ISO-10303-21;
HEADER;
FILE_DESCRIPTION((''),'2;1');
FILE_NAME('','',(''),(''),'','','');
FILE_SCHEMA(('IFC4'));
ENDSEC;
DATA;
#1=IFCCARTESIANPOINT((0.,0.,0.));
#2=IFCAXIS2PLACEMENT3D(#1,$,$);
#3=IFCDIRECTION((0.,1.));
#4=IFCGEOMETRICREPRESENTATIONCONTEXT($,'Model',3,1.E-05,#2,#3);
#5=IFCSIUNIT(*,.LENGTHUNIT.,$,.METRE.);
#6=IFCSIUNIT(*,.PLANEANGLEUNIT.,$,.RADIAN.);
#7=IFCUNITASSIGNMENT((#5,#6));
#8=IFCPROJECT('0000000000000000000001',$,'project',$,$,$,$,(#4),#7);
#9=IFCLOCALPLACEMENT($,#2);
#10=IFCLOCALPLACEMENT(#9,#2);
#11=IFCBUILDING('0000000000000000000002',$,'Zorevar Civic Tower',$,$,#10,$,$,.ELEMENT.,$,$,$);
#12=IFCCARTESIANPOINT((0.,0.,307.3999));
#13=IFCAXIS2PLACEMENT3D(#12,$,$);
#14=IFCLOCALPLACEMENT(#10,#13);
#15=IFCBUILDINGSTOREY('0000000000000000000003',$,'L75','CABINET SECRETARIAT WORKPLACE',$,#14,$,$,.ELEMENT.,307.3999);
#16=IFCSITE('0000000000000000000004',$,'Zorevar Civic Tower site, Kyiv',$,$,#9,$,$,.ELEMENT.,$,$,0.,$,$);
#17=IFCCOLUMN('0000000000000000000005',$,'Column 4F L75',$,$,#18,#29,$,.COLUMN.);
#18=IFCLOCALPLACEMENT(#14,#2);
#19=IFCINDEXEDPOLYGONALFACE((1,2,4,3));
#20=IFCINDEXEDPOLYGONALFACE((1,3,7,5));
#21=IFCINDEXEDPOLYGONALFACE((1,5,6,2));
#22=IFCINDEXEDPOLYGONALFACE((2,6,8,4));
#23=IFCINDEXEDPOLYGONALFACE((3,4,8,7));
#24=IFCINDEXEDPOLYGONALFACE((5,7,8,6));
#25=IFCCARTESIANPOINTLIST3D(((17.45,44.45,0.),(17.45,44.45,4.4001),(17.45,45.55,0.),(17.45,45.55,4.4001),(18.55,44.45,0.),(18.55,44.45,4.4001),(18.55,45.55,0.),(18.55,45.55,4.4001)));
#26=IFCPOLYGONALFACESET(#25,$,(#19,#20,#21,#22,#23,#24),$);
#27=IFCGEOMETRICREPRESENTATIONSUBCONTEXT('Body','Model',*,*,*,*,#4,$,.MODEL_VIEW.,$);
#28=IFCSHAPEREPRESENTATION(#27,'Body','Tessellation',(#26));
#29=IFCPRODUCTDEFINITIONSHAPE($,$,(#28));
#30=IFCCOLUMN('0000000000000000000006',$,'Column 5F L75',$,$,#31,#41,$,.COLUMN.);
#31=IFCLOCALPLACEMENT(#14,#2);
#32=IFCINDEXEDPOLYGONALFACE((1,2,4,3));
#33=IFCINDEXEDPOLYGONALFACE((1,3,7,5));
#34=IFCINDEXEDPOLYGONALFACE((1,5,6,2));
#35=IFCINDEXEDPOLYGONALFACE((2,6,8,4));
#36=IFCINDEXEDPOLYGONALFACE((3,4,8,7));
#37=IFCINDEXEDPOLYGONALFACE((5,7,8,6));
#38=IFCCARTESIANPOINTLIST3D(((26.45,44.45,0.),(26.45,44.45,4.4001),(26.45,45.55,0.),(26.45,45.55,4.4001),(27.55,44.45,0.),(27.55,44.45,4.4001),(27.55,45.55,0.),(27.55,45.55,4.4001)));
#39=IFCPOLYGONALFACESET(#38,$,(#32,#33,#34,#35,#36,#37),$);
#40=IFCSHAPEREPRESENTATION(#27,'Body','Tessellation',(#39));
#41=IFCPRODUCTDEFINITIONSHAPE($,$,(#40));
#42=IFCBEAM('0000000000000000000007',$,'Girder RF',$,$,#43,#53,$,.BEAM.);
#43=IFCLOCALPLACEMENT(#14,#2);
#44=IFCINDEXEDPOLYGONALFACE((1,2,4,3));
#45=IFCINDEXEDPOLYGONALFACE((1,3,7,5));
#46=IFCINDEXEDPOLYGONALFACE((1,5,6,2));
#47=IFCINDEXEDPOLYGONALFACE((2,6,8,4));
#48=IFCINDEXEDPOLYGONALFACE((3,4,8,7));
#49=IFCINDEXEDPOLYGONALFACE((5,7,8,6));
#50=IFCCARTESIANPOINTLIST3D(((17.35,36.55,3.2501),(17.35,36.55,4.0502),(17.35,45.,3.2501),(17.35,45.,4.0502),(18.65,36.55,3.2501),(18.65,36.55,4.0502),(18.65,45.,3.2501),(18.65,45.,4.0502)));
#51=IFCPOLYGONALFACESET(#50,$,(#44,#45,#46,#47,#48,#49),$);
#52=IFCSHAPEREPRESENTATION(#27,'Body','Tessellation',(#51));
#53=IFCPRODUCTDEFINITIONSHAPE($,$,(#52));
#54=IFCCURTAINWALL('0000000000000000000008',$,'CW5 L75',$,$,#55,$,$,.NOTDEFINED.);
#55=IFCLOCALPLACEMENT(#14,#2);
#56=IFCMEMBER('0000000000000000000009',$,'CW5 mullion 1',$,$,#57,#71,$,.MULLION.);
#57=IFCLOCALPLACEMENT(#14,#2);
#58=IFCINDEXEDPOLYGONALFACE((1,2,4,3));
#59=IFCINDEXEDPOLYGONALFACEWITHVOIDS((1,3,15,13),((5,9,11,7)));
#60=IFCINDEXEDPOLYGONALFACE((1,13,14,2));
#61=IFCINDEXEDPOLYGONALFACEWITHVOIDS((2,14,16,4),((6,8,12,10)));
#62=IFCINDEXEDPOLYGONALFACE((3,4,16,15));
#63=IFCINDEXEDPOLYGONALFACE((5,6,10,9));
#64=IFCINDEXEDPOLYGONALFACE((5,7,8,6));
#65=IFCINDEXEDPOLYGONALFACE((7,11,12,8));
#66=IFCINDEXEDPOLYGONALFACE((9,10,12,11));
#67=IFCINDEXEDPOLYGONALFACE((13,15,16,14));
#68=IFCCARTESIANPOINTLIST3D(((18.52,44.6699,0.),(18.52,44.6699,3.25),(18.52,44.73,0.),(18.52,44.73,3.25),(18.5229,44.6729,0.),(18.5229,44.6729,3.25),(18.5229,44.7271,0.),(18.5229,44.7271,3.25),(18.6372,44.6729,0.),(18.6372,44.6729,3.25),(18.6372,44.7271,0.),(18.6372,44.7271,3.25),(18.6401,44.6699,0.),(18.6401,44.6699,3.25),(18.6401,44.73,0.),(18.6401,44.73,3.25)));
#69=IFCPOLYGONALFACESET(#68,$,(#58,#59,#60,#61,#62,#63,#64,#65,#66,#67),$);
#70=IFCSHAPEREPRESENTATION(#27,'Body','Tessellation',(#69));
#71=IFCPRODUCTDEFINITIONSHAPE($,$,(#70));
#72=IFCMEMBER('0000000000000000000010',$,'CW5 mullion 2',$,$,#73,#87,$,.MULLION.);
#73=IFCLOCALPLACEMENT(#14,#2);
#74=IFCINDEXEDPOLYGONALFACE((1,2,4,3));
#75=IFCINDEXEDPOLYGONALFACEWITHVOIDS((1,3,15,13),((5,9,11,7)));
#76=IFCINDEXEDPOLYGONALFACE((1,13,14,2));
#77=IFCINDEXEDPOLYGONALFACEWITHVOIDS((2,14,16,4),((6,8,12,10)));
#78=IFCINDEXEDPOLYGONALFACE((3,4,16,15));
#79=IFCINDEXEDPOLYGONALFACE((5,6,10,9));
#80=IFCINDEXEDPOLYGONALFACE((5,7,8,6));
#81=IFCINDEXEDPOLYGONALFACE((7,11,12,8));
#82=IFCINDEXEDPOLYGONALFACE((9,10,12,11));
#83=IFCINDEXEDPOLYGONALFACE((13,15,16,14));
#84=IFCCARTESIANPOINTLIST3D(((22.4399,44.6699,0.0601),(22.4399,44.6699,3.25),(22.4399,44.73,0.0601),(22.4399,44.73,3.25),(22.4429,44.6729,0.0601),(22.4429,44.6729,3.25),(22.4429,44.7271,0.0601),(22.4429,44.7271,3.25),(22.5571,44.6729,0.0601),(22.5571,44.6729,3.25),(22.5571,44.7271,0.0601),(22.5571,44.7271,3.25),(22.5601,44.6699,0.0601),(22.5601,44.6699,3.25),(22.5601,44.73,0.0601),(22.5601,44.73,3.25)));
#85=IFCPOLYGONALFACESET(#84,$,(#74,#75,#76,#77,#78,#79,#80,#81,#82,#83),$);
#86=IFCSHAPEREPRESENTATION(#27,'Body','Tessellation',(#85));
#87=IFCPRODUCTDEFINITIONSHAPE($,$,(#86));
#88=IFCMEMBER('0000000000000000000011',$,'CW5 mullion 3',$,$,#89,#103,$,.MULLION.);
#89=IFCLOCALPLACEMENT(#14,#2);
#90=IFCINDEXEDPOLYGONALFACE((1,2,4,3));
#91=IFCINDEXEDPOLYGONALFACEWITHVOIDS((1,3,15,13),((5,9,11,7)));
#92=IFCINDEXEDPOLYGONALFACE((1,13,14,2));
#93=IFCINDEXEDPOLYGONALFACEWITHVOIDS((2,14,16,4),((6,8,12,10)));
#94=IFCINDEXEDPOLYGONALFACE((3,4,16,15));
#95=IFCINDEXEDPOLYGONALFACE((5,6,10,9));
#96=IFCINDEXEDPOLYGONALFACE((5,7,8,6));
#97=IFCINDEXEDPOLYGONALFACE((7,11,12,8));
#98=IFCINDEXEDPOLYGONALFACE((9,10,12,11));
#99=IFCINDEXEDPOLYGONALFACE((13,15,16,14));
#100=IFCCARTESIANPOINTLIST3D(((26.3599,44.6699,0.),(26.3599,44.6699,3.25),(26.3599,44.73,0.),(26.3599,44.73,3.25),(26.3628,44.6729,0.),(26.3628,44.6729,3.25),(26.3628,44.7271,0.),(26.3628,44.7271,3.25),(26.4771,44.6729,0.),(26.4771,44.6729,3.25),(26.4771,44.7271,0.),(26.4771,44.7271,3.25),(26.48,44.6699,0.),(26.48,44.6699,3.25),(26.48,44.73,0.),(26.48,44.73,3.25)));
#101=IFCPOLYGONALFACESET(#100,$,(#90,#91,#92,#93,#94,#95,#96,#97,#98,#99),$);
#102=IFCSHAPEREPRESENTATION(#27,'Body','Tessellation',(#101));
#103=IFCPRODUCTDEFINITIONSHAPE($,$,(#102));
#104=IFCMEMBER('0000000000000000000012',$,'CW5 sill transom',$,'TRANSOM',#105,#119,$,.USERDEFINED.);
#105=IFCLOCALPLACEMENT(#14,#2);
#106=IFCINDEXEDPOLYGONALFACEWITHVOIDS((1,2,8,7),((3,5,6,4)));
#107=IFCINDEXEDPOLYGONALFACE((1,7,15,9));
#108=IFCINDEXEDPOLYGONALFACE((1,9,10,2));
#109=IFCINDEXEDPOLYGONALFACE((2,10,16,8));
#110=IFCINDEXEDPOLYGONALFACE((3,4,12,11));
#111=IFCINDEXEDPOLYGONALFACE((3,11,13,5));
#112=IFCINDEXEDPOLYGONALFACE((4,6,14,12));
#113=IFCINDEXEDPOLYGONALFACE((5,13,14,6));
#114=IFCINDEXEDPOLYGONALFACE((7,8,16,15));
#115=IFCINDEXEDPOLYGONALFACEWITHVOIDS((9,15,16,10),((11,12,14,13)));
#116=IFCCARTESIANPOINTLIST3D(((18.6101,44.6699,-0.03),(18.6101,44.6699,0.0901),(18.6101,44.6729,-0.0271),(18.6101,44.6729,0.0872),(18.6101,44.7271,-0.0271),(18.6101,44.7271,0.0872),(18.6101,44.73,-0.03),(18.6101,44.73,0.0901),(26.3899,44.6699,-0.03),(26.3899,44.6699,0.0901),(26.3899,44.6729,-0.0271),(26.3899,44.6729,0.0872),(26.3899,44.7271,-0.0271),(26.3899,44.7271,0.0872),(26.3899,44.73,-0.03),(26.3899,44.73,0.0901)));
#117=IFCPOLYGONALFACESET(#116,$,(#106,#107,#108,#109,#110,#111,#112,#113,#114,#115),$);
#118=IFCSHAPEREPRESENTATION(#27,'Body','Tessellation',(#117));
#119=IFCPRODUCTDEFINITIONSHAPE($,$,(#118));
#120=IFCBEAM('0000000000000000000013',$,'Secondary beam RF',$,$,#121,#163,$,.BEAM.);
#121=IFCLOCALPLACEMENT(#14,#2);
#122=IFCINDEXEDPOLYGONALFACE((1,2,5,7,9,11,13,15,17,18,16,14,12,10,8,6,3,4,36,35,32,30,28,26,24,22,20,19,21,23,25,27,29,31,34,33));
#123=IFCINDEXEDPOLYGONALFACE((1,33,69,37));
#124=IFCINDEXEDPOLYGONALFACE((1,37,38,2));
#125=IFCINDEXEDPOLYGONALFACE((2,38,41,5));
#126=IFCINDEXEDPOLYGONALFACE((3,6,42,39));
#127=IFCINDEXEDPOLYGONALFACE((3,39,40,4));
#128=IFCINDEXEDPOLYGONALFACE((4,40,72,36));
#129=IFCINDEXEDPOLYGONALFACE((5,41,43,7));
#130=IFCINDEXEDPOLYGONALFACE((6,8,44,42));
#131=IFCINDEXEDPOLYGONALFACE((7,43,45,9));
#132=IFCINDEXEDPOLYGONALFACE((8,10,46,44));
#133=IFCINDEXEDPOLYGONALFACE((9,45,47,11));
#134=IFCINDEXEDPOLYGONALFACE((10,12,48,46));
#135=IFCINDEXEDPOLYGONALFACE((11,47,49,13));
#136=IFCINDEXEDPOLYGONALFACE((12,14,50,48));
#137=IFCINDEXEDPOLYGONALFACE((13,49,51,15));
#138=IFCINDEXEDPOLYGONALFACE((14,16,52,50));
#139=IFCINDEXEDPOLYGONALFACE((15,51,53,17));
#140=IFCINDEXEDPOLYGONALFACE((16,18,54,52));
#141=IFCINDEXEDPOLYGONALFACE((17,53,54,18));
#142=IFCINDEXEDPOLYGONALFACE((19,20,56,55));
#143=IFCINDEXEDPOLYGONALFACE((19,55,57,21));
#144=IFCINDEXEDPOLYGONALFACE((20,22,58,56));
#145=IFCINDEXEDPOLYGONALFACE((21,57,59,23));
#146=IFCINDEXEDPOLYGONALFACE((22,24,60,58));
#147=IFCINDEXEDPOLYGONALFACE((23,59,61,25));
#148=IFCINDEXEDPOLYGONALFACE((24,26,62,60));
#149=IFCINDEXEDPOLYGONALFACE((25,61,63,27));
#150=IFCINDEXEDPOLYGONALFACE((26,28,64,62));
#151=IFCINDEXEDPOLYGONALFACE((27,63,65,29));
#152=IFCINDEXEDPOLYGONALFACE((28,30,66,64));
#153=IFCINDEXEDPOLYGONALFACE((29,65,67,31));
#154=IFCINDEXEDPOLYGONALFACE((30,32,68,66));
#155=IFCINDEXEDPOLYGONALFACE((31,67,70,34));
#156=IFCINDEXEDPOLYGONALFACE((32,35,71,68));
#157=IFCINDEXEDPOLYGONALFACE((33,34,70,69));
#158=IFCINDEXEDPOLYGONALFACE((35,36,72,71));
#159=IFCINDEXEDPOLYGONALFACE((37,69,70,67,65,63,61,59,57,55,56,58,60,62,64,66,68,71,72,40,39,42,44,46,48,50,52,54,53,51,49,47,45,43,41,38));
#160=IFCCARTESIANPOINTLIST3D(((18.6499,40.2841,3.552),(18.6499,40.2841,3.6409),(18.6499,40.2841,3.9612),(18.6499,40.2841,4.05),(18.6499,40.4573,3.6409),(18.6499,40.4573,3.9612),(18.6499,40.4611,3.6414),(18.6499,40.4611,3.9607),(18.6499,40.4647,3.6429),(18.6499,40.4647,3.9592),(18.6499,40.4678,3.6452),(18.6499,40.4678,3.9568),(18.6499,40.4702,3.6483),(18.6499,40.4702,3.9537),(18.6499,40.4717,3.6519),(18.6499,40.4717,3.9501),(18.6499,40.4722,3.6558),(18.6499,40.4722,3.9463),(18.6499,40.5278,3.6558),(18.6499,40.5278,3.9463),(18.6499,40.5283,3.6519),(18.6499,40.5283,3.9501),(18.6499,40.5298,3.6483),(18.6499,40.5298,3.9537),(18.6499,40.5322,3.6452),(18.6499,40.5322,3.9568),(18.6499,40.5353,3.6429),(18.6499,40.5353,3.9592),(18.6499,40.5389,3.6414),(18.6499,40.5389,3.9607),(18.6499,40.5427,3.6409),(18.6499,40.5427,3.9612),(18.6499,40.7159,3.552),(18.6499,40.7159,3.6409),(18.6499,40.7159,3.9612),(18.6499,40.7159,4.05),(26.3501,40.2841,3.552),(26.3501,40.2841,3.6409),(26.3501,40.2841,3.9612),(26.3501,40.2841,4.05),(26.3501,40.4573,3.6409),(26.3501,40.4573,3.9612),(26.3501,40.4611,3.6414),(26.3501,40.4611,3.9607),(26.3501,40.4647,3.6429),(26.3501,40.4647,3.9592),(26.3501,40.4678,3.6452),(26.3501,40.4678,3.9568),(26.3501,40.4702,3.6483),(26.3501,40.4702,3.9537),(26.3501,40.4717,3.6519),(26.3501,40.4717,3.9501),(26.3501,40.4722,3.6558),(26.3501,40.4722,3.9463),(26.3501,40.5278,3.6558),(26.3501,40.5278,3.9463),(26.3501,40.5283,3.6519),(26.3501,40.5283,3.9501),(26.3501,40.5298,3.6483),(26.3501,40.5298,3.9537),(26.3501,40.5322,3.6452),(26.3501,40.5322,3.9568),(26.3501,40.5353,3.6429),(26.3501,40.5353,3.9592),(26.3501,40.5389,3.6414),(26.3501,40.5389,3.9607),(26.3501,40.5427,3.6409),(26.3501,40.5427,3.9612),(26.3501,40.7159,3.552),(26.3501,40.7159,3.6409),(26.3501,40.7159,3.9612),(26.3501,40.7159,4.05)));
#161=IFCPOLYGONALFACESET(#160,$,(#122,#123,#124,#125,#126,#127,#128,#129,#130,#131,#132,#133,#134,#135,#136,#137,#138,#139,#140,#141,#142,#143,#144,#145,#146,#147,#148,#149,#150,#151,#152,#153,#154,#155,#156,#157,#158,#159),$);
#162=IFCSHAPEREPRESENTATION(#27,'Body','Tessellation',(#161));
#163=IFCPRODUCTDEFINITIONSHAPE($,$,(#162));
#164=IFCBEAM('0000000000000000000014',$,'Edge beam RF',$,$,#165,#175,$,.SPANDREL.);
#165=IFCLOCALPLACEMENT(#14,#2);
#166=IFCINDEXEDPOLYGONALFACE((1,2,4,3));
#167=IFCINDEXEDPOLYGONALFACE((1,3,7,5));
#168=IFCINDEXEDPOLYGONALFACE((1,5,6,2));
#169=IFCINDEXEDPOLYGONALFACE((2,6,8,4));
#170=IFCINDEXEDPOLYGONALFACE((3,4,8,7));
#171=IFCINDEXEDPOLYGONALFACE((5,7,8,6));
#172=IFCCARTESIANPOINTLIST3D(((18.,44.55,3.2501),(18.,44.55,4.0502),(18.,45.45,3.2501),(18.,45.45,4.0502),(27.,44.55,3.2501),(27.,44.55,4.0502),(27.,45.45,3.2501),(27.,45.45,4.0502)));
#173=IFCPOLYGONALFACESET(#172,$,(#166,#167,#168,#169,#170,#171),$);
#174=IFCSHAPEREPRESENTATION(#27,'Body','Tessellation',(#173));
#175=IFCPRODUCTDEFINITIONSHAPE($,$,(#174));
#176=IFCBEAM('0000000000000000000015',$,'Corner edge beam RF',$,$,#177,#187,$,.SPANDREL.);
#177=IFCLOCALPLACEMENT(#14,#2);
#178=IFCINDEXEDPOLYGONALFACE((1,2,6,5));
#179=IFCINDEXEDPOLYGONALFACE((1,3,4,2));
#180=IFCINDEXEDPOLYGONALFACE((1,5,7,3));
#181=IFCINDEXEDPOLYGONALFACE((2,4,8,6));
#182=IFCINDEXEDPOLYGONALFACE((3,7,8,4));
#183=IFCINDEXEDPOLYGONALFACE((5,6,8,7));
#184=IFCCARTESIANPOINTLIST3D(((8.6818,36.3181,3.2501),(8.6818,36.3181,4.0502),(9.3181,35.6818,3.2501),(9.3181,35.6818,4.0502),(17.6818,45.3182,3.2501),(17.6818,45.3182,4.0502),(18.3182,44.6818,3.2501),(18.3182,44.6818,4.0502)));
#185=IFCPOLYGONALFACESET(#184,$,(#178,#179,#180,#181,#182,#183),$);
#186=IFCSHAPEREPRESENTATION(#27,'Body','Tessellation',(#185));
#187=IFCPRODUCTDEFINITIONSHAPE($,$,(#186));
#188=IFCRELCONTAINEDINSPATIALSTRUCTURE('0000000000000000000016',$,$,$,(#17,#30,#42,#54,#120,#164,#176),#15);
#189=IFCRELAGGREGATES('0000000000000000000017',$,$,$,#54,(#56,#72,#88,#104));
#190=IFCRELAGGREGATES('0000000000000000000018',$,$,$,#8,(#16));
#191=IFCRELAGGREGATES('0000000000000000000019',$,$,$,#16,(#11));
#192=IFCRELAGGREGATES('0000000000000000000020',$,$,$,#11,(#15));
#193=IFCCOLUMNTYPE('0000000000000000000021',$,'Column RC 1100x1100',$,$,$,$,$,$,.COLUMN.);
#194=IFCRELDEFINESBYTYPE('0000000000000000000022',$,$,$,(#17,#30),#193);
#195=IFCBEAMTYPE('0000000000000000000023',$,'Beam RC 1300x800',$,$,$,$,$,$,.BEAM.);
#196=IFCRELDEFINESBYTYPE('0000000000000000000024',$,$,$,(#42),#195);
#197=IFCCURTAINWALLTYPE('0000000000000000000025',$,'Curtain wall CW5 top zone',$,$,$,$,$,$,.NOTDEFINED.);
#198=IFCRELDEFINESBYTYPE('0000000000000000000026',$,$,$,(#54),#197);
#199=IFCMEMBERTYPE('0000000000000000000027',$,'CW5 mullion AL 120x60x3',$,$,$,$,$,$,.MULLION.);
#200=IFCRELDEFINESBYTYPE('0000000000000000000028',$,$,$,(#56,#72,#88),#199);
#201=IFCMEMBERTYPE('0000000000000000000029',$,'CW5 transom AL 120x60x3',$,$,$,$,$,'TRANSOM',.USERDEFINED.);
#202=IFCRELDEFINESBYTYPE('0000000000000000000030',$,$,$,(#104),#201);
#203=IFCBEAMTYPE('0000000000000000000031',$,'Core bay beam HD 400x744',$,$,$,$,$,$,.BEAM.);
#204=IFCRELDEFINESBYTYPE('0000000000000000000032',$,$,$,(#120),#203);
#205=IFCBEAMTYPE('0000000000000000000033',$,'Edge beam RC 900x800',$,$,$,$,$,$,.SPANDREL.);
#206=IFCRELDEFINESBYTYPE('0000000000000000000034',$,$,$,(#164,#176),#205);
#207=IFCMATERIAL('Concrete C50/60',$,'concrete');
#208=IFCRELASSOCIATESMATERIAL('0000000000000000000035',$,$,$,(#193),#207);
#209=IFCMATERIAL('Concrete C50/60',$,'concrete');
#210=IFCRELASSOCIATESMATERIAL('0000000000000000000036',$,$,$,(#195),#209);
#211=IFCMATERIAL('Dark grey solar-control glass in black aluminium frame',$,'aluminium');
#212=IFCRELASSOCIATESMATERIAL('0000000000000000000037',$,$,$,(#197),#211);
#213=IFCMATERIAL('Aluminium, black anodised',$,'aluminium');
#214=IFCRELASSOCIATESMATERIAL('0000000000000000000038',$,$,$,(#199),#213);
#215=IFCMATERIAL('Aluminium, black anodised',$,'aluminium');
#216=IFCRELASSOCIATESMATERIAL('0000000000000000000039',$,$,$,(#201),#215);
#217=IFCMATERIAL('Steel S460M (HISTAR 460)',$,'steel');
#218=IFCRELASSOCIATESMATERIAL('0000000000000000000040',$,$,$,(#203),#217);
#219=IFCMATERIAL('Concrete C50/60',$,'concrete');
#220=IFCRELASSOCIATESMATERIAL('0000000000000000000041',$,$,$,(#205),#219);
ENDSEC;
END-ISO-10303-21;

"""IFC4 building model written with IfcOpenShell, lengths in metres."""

from ifc_helpers import new_model, si_unit, direction, frame, origin, origin_2d, place, context, subcontext, project, spatial, rectangle, hollow_rectangle, i_section, extrude, material, material_profile, profile_set, type_object, element, aggregate, save


model = new_model("IFC4")

# Units and contexts
model_context = context("Model", 3, precision=1e-05, world=origin(), true_north=direction((0.0, 1.0)))
body_context = subcontext(model_context, "Body", "Model", "MODEL_VIEW")
ifc_project = project(units=[si_unit("LENGTHUNIT", "METRE"), si_unit("PLANEANGLEUNIT", "RADIAN")], contexts=[model_context])

# Site, building, storey
site_placement = place(None, origin())
site = spatial("IfcSite", under=ifc_project, at=site_placement, Name="Zorevar Civic Tower site, Kyiv", CompositionType="ELEMENT", RefElevation=0.0)
building_placement = place(site_placement, origin())
building = spatial("IfcBuilding", under=site, at=building_placement, Name="Zorevar Civic Tower", CompositionType="ELEMENT")
storey_placement = place(building_placement, frame((0.0, 0.0, 307.3999)))
storey = spatial("IfcBuildingStorey", under=building, at=storey_placement, Name="L75", Description="CABINET SECRETARIAT WORKPLACE", CompositionType="ELEMENT", Elevation=307.3999)

# Columns
ifc_material_1 = material(Name="Concrete C50/60", Category="concrete")
ifc_material_profile_1 = material_profile(ifc_material_1, rectangle(XDim=1.1001, YDim=1.1001, at=origin_2d()), Name="RC 1100x1100")
ifc_profile_set_1 = profile_set([ifc_material_profile_1], Name="Concrete C50/60")
column_type = type_object("IfcColumnType", Name="Column RC 1100x1100", PredefinedType="COLUMN", material=ifc_profile_set_1)
for number, where, z_axis, x_axis, name in (
    (1, (18.0, 45.0, 0.0), (0.0, 0.0, 1.0), (1.0, 0.0, 0.0), "Column 4F L75"),
    (2, (27.0, 45.0, 0.0), (0.0, 0.0, 1.0), (1.0, 0.0, 0.0), "Column 5F L75"),
):
    element("IfcColumn", number, at=place(storey_placement, frame(where, z_axis=z_axis, x_axis=x_axis)), inside=storey, type_object=column_type, Name=name, PredefinedType="COLUMN", context=body_context, shape_type="SweptSolid", body=[
        extrude(rectangle(XDim=1.1001, YDim=1.1001, at=origin_2d()), origin(), (0.0, 0.0, 1.0), 4.4001),
    ])

# Beam
ifc_material_2 = material(Name="Concrete C50/60", Category="concrete")
ifc_material_profile_2 = material_profile(ifc_material_2, rectangle(XDim=1.3, YDim=0.8, at=origin_2d()), Name="RC 1300x800")
ifc_profile_set_2 = profile_set([ifc_material_profile_2], Name="Concrete C50/60")
beam_type_1 = type_object("IfcBeamType", Name="Beam RC 1300x800", PredefinedType="BEAM", material=ifc_profile_set_2)
beam_1_placement = place(storey_placement, frame((18.0, 36.55, 3.6501), z_axis=(0.0, 1.0, 0.0), x_axis=(-1.0, 0.0, 0.0)))
element("IfcBeam", 3, at=beam_1_placement, inside=storey, type_object=beam_type_1, Name="Girder RF", PredefinedType="BEAM", context=body_context, shape_type="SweptSolid", body=[
    extrude(rectangle(XDim=1.3, YDim=0.8, at=origin_2d()), origin(), (0.0, 0.0, 1.0), 8.45),
])

# Curtain wall, members
ifc_material_3 = material(Name="Dark grey solar-control glass in black aluminium frame", Category="aluminium")
curtain_wall_type = type_object("IfcCurtainWallType", Name="Curtain wall CW5 top zone", PredefinedType="NOTDEFINED", material=ifc_material_3)
curtain_wall_placement = place(storey_placement, origin())
curtain_wall = element("IfcCurtainWall", 4, at=curtain_wall_placement, inside=storey, type_object=curtain_wall_type, Name="CW5 L75", PredefinedType="NOTDEFINED")
ifc_material_4 = material(Name="Aluminium, black anodised", Category="aluminium")
ifc_material_profile_3 = material_profile(ifc_material_4, hollow_rectangle(XDim=0.0601, YDim=0.1201, WallThickness=0.0029, at=origin_2d()), Name="AL 120x60x3")
ifc_profile_set_3 = profile_set([ifc_material_profile_3], Name="Aluminium, black anodised")
member_type_1 = type_object("IfcMemberType", Name="CW5 mullion AL 120x60x3", PredefinedType="MULLION", material=ifc_profile_set_3)
member_1_placement = place(storey_placement, frame((18.5801, 44.7, 0.0), z_axis=(0.0, 0.0, 1.0), x_axis=(0.0, 1.0, 0.0)))
member_1 = element("IfcMember", 5, at=member_1_placement, type_object=member_type_1, Name="CW5 mullion 1", PredefinedType="MULLION", context=body_context, shape_type="SweptSolid", body=[
    extrude(hollow_rectangle(XDim=0.0601, YDim=0.1201, WallThickness=0.0029, at=origin_2d()), origin(), (0.0, 0.0, 1.0), 3.25),
])
member_2_placement = place(storey_placement, frame((22.5, 44.7, 0.0601), z_axis=(0.0, 0.0, 1.0), x_axis=(0.0, 1.0, 0.0)))
member_2 = element("IfcMember", 6, at=member_2_placement, type_object=member_type_1, Name="CW5 mullion 2", PredefinedType="MULLION", context=body_context, shape_type="SweptSolid", body=[
    extrude(hollow_rectangle(XDim=0.0601, YDim=0.1201, WallThickness=0.0029, at=origin_2d()), origin(), (0.0, 0.0, 1.0), 3.1899),
])
member_3_placement = place(storey_placement, frame((26.4199, 44.7, 0.0), z_axis=(0.0, 0.0, 1.0), x_axis=(0.0, 1.0, 0.0)))
member_3 = element("IfcMember", 7, at=member_3_placement, type_object=member_type_1, Name="CW5 mullion 3", PredefinedType="MULLION", context=body_context, shape_type="SweptSolid", body=[
    extrude(hollow_rectangle(XDim=0.0601, YDim=0.1201, WallThickness=0.0029, at=origin_2d()), origin(), (0.0, 0.0, 1.0), 3.25),
])
ifc_material_5 = material(Name="Aluminium, black anodised", Category="aluminium")
ifc_material_profile_4 = material_profile(ifc_material_5, hollow_rectangle(XDim=0.0601, YDim=0.1201, WallThickness=0.0029, at=origin_2d()), Name="AL 120x60x3")
ifc_profile_set_4 = profile_set([ifc_material_profile_4], Name="Aluminium, black anodised")
member_type_2 = type_object("IfcMemberType", Name="CW5 transom AL 120x60x3", ElementType="TRANSOM", PredefinedType="USERDEFINED", material=ifc_profile_set_4)
member_4_placement = place(storey_placement, frame((18.6101, 44.7, 0.03), z_axis=(1.0, 0.0, 0.0), x_axis=(0.0, 1.0, 0.0)))
member_4 = element("IfcMember", 8, at=member_4_placement, type_object=member_type_2, Name="CW5 sill transom", ObjectType="TRANSOM", PredefinedType="USERDEFINED", context=body_context, shape_type="SweptSolid", body=[
    extrude(hollow_rectangle(XDim=0.0601, YDim=0.1201, WallThickness=0.0029, at=origin_2d()), origin(), (0.0, 0.0, 1.0), 7.7798),
])

# Beams
ifc_material_6 = material(Name="Steel S460M (HISTAR 460)", Category="steel")
ifc_material_profile_5 = material_profile(ifc_material_6, i_section(OverallWidth=0.4319, OverallDepth=0.498, WebThickness=0.0557, FlangeThickness=0.0889, FilletRadius=0.0149, at=origin_2d()), Name="HD 400x744")
ifc_profile_set_5 = profile_set([ifc_material_profile_5], Name="Steel S460M (HISTAR 460)")
beam_type_2 = type_object("IfcBeamType", Name="Core bay beam HD 400x744", PredefinedType="BEAM", material=ifc_profile_set_5)
beam_2_placement = place(storey_placement, frame((18.6499, 40.5, 3.801), z_axis=(1.0, 0.0, 0.0), x_axis=(0.0, 1.0, 0.0)))
element("IfcBeam", 9, at=beam_2_placement, inside=storey, type_object=beam_type_2, Name="Secondary beam RF", PredefinedType="BEAM", context=body_context, shape_type="SweptSolid", body=[
    extrude(i_section(OverallWidth=0.4319, OverallDepth=0.498, WebThickness=0.0557, FlangeThickness=0.0889, FilletRadius=0.0149, at=origin_2d()), origin(), (0.0, 0.0, 1.0), 7.7002),
])
ifc_material_7 = material(Name="Concrete C50/60", Category="concrete")
ifc_material_profile_6 = material_profile(ifc_material_7, rectangle(XDim=0.8999, YDim=0.8, at=origin_2d()), Name="RC 900x800")
ifc_profile_set_6 = profile_set([ifc_material_profile_6], Name="Concrete C50/60")
beam_type_3 = type_object("IfcBeamType", Name="Edge beam RC 900x800", PredefinedType="SPANDREL", material=ifc_profile_set_6)
beam_3_placement = place(storey_placement, frame((18.0, 45.0, 3.6501), z_axis=(1.0, 0.0, 0.0), x_axis=(0.0, 1.0, 0.0)))
element("IfcBeam", 10, at=beam_3_placement, inside=storey, type_object=beam_type_3, Name="Edge beam RF", PredefinedType="SPANDREL", context=body_context, shape_type="SweptSolid", body=[
    extrude(rectangle(XDim=0.8999, YDim=0.8, at=origin_2d()), origin(), (0.0, 0.0, 1.0), 9.0),
])
beam_4_placement = place(storey_placement, frame((18.0, 45.0, 3.6501), z_axis=(-0.707107, -0.707107, 0.0), x_axis=(0.707107, -0.707107, 0.0)))
element("IfcBeam", 11, at=beam_4_placement, inside=storey, type_object=beam_type_3, Name="Corner edge beam RF", PredefinedType="SPANDREL", context=body_context, shape_type="SweptSolid", body=[
    extrude(rectangle(XDim=0.8999, YDim=0.8, at=origin_2d()), origin(), (0.0, 0.0, 1.0), 12.728),
])

aggregate(curtain_wall, [member_1, member_2, member_3, member_4])

save(model, "model.ifc")
